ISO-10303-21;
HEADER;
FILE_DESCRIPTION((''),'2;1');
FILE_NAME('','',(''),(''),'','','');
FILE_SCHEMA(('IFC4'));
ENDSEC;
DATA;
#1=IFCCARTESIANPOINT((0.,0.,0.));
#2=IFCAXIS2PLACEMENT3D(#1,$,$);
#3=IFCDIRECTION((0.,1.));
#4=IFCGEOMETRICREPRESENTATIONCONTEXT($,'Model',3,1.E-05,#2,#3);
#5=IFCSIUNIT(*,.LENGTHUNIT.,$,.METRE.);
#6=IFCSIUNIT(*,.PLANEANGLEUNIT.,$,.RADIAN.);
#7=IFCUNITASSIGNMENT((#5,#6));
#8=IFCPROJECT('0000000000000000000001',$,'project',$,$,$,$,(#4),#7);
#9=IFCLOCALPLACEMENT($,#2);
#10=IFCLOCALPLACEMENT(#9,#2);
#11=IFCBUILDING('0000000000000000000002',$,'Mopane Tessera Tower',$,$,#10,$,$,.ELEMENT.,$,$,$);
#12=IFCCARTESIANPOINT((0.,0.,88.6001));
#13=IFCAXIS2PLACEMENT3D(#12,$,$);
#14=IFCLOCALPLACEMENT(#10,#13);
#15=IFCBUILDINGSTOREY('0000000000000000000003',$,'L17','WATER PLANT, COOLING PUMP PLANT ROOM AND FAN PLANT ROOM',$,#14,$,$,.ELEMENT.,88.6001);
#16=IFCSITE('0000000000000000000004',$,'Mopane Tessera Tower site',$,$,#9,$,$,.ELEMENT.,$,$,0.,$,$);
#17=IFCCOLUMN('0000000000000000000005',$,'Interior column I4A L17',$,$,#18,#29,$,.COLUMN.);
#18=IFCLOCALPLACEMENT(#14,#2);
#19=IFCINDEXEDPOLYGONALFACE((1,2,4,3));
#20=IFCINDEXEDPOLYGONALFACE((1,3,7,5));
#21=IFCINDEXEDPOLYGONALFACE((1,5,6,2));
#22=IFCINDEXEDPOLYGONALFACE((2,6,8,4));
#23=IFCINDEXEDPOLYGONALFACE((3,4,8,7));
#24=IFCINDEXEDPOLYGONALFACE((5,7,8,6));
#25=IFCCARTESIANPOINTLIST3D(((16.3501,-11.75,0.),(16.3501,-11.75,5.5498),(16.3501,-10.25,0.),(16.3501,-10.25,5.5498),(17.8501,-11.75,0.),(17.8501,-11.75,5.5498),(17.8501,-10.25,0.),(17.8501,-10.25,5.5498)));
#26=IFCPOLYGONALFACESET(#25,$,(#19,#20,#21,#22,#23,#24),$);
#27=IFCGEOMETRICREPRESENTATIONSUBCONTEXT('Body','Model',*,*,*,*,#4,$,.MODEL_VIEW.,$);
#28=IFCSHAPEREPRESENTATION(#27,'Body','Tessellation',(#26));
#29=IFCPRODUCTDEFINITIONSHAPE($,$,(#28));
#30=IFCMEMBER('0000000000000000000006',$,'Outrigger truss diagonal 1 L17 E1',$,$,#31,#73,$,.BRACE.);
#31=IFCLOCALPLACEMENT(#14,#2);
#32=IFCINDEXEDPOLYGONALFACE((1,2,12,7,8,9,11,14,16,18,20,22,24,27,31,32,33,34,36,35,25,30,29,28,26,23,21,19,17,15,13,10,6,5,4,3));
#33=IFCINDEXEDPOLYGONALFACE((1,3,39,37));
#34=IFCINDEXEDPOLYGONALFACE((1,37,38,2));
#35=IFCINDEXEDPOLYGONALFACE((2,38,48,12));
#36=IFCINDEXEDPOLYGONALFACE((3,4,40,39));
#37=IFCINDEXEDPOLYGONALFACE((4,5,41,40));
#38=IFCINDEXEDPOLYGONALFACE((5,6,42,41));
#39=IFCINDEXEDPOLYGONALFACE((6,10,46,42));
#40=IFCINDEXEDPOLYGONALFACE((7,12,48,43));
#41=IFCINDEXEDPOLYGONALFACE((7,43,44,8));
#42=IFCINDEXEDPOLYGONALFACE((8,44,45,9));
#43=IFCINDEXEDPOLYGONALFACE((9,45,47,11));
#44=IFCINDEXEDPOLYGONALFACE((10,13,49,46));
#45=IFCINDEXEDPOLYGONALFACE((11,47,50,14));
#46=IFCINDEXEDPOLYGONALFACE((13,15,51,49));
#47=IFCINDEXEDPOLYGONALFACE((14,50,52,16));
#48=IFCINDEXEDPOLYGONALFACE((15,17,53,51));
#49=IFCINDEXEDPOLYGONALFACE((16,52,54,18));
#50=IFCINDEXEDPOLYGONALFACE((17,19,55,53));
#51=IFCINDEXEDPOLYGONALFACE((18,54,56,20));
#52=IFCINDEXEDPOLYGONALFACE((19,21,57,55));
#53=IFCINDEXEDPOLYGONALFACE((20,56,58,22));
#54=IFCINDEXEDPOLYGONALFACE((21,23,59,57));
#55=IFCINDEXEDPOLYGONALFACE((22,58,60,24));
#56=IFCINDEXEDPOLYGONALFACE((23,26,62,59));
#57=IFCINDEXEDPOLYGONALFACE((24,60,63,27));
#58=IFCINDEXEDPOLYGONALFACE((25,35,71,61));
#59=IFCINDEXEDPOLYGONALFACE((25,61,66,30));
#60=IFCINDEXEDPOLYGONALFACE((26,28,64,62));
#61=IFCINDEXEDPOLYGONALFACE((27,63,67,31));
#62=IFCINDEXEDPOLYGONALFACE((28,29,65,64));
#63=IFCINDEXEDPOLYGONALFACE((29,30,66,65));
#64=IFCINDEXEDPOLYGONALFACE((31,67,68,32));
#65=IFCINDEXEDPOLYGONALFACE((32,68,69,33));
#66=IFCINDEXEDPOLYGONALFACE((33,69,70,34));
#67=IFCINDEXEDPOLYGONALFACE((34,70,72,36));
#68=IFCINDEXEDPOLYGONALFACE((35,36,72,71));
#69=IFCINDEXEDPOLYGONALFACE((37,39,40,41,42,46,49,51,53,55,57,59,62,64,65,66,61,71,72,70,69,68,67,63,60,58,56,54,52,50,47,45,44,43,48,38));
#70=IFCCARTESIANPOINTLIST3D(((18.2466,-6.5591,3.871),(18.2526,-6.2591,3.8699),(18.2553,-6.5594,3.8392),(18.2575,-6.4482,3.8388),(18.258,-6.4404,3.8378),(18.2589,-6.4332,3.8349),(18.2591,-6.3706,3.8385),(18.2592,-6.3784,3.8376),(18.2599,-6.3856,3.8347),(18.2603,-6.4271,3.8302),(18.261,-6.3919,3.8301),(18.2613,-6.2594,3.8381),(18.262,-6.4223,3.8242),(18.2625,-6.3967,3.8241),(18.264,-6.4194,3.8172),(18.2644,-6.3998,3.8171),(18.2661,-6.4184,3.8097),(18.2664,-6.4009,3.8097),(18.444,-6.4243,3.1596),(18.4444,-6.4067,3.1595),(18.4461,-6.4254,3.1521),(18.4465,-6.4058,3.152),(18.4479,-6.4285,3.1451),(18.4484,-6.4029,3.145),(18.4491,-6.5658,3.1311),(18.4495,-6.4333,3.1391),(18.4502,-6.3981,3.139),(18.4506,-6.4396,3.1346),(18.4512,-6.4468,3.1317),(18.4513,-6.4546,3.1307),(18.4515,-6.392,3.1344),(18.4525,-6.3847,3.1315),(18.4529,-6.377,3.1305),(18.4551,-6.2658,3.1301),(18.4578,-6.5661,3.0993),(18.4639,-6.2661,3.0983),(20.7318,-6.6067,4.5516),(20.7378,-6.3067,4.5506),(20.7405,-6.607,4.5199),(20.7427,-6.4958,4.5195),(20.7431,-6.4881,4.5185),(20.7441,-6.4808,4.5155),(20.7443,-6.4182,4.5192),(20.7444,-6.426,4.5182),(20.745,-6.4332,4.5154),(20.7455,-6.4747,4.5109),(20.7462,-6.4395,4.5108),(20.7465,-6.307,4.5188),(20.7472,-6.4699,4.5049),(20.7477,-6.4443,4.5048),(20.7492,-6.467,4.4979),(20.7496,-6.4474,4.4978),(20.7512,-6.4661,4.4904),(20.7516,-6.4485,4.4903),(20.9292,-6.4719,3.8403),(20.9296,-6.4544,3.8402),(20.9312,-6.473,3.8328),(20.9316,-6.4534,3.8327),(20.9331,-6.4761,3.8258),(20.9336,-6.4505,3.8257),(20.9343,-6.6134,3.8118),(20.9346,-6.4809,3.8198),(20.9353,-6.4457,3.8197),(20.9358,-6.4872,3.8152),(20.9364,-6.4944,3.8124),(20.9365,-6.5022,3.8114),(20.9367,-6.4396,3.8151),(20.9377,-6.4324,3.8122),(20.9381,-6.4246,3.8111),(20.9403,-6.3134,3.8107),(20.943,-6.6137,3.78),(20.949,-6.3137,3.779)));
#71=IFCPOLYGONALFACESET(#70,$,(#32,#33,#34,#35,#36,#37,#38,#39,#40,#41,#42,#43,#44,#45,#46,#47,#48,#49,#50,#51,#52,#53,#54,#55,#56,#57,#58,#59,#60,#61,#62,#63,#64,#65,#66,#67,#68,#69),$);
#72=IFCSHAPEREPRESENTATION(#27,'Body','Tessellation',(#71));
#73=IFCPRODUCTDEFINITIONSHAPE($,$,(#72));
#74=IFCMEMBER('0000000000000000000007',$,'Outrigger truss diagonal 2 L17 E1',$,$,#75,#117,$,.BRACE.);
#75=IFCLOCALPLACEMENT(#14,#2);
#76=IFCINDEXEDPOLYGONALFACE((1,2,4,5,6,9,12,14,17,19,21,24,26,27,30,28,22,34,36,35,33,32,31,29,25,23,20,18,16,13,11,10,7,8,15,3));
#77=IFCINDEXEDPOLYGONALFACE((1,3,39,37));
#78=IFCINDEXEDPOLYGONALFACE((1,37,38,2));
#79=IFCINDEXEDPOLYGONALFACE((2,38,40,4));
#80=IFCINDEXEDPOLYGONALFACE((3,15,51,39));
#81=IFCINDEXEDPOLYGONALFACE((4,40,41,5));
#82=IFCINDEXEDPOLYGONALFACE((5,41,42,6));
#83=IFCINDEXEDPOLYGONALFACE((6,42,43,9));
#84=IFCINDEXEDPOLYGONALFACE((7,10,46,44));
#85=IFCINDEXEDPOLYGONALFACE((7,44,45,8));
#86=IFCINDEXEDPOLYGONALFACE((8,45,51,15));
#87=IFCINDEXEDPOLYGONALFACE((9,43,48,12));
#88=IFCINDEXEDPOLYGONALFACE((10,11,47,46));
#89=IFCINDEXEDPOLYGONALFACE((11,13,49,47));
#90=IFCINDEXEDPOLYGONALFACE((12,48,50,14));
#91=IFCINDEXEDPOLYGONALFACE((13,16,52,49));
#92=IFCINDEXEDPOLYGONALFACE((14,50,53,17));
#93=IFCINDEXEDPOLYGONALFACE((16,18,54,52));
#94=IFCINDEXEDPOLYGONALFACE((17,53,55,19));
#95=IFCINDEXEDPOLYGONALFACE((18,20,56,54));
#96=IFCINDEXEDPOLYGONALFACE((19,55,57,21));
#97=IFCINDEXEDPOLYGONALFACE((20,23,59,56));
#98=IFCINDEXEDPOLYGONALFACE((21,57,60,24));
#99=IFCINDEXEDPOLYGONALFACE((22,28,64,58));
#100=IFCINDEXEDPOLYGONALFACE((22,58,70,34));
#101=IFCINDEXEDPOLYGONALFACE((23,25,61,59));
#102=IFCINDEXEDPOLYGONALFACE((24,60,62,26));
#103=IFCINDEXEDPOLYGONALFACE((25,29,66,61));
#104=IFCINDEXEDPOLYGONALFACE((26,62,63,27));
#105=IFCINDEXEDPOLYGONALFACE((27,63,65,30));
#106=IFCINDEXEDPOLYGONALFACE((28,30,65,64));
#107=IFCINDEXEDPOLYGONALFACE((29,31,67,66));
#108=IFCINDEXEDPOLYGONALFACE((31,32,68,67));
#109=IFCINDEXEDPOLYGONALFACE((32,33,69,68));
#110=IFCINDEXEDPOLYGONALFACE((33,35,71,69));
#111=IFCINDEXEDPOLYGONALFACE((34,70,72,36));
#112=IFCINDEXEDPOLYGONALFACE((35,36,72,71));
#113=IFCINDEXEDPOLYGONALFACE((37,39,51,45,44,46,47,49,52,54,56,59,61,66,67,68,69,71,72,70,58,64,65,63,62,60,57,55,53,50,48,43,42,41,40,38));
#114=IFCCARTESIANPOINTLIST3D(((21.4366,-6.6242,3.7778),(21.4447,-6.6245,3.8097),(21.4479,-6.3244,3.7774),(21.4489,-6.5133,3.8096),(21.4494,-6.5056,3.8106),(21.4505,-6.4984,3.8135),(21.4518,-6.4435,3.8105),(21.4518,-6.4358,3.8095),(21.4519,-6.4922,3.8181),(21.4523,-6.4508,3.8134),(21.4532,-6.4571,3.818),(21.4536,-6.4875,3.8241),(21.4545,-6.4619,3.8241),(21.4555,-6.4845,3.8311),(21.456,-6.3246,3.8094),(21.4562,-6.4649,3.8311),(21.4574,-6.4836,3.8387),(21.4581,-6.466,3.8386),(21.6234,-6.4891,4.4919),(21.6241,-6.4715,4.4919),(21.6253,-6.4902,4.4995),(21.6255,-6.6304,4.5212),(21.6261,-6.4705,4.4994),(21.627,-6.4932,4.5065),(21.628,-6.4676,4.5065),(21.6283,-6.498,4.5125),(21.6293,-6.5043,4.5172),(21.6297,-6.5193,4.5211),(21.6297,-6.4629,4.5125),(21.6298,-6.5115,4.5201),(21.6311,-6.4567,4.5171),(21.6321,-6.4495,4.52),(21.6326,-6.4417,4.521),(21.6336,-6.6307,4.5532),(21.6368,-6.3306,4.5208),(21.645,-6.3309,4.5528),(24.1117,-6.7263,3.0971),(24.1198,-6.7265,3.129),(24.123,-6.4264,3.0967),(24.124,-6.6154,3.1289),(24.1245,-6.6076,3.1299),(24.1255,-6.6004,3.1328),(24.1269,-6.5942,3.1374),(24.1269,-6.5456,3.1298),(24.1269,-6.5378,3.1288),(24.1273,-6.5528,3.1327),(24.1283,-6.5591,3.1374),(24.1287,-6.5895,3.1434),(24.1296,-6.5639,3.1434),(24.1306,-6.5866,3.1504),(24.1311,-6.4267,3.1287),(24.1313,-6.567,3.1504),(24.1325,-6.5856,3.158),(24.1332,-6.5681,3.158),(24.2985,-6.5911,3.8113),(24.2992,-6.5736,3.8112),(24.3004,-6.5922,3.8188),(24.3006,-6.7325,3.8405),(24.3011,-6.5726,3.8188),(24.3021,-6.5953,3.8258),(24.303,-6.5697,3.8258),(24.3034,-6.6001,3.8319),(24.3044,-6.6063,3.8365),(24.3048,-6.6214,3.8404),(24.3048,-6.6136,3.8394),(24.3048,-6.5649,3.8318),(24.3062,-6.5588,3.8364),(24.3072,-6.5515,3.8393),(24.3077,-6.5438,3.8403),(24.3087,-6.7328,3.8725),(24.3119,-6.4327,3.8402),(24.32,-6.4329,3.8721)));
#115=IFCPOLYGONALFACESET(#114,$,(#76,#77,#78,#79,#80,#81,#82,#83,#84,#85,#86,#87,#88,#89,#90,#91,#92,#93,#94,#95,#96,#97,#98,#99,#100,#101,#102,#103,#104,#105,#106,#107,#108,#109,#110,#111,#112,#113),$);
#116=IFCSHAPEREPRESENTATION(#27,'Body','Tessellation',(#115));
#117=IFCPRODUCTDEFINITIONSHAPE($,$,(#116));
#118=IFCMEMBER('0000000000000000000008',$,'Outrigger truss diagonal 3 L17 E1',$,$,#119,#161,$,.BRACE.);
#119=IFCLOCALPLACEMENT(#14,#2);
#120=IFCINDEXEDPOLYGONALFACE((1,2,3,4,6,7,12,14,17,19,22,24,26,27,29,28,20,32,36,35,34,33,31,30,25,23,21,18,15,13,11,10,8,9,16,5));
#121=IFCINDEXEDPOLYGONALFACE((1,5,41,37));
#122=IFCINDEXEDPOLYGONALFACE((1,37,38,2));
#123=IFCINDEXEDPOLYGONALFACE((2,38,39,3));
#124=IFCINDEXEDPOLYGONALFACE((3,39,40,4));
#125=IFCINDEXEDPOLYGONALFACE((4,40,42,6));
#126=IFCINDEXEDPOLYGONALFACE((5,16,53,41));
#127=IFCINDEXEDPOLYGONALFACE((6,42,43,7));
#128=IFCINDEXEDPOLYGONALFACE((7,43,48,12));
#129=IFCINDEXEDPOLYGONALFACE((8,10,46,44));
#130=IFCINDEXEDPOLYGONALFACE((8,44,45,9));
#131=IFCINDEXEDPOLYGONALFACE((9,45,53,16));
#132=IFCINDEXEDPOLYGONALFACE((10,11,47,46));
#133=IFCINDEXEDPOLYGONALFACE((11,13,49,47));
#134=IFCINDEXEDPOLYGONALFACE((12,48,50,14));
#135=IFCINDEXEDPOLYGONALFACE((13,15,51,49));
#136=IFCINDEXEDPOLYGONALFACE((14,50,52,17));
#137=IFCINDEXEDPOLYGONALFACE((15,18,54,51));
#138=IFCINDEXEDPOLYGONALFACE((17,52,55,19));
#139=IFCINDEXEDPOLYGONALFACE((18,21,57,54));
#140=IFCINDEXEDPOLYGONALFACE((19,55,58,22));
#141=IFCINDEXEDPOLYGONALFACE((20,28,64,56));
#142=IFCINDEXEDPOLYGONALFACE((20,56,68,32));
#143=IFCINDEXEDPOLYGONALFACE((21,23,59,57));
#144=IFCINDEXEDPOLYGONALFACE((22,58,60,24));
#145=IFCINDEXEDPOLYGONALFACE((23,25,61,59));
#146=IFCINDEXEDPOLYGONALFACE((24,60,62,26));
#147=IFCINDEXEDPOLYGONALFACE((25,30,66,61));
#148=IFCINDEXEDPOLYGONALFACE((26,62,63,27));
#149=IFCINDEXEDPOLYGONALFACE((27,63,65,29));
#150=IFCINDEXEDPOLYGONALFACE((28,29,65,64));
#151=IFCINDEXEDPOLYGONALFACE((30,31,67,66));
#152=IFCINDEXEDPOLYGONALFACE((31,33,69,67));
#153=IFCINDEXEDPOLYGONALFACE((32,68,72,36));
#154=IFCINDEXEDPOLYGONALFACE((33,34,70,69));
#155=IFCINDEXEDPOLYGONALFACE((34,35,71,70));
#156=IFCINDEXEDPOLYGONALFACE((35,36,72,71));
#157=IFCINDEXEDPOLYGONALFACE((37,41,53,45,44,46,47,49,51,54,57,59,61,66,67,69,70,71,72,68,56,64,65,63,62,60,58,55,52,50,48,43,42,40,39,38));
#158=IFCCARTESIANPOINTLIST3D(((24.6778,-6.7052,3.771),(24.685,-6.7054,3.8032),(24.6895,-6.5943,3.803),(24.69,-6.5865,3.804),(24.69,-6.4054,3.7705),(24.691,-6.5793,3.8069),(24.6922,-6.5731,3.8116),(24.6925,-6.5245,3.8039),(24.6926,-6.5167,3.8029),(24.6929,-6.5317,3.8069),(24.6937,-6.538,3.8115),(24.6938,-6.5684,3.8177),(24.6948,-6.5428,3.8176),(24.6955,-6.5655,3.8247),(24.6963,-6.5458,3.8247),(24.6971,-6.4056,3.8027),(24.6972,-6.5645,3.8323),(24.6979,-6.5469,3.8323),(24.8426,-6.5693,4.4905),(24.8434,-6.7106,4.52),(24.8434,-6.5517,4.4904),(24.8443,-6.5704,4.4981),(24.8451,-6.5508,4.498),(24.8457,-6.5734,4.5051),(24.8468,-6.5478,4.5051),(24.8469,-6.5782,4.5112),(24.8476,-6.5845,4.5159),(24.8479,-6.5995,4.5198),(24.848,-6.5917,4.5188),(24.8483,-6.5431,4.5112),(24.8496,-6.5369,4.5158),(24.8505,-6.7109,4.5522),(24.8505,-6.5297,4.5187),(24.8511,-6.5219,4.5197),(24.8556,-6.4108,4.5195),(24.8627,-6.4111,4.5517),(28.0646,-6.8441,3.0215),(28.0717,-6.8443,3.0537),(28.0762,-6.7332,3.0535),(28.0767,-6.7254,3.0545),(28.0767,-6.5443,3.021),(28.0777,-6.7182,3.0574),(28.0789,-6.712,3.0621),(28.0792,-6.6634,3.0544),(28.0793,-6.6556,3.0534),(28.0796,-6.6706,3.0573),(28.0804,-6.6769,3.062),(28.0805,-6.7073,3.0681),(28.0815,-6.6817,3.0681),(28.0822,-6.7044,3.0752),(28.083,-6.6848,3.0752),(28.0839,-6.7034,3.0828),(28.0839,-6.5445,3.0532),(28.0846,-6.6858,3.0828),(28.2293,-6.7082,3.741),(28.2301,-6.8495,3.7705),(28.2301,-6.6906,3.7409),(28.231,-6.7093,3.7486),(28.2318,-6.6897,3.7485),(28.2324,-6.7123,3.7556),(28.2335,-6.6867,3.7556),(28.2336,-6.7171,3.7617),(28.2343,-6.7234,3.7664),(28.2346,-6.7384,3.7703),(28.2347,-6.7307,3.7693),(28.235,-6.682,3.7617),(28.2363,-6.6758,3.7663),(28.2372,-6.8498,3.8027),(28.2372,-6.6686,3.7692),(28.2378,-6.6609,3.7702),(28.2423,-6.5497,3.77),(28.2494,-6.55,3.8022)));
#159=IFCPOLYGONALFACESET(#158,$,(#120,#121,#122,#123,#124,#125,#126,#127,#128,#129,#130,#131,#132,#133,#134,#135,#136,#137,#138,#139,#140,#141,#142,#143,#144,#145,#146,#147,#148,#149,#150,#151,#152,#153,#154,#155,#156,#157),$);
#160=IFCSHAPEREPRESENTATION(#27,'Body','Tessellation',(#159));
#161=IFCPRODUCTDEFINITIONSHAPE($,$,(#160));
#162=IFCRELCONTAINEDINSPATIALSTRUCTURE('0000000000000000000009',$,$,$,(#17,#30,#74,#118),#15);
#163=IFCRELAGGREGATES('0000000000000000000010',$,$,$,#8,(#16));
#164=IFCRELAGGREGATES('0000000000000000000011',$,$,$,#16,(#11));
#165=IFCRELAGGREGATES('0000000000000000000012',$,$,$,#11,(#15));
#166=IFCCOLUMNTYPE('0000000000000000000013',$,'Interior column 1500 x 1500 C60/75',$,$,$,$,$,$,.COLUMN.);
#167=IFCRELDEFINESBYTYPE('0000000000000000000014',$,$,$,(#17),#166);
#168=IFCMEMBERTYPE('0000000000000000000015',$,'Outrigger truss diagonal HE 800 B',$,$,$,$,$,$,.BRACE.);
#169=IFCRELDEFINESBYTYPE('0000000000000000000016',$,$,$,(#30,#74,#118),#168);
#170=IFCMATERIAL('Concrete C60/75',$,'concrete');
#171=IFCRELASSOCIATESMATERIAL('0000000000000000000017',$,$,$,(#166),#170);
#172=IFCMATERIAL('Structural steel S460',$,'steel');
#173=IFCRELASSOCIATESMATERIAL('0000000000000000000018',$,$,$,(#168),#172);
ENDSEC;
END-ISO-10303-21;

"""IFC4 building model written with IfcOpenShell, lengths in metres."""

from ifc_helpers import new_model, si_unit, direction, frame, origin, origin_2d, place, context, subcontext, project, spatial, rectangle, i_section, extrude, material, material_profile, profile_set, type_object, element, save


model = new_model("IFC4")

# Units and contexts
model_context = context("Model", 3, precision=1e-05, world=origin(), true_north=direction((0.0, 1.0)))
body_context = subcontext(model_context, "Body", "Model", "MODEL_VIEW")
ifc_project = project(units=[si_unit("LENGTHUNIT", "METRE"), si_unit("PLANEANGLEUNIT", "RADIAN")], contexts=[model_context])

# Site, building, storey
site_placement = place(None, origin())
site = spatial("IfcSite", under=ifc_project, at=site_placement, Name="Mopane Tessera Tower site", CompositionType="ELEMENT", RefElevation=0.0)
building_placement = place(site_placement, origin())
building = spatial("IfcBuilding", under=site, at=building_placement, Name="Mopane Tessera Tower", CompositionType="ELEMENT")
storey_placement = place(building_placement, frame((0.0, 0.0, 88.6001)))
storey = spatial("IfcBuildingStorey", under=building, at=storey_placement, Name="L17", Description="WATER PLANT, COOLING PUMP PLANT ROOM AND FAN PLANT ROOM", CompositionType="ELEMENT", Elevation=88.6001)

# Column
ifc_material_1 = material(Name="Concrete C60/75", Category="concrete")
ifc_material_profile_1 = material_profile(ifc_material_1, rectangle(XDim=1.5, YDim=1.5, at=origin_2d()))
ifc_profile_set_1 = profile_set([ifc_material_profile_1], Name="Concrete C60/75")
column_type = type_object("IfcColumnType", Name="Interior column 1500 x 1500 C60/75", PredefinedType="COLUMN", material=ifc_profile_set_1)
column_placement = place(storey_placement, frame((17.1001, -11.0, 0.0), z_axis=(0.0, 0.0, 1.0), x_axis=(1.0, 0.0, 0.0)))
element("IfcColumn", 1, at=column_placement, inside=storey, type_object=column_type, Name="Interior column I4A L17", PredefinedType="COLUMN", context=body_context, shape_type="SweptSolid", body=[
    extrude(rectangle(XDim=1.5, YDim=1.5, at=origin_2d()), origin(), (0.0, 0.0, 1.0), 5.5498),
])

# Members
ifc_material_2 = material(Name="Structural steel S460", Category="steel")
ifc_material_profile_2 = material_profile(ifc_material_2, i_section(OverallWidth=0.3, OverallDepth=0.8, WebThickness=0.0176, FlangeThickness=0.033, FilletRadius=0.03, at=origin_2d()))
ifc_profile_set_2 = profile_set([ifc_material_profile_2], Name="Structural steel S460")
member_type_1 = type_object("IfcMemberType", Name="Outrigger truss diagonal HE 800 B", PredefinedType="BRACE", material=ifc_profile_set_2)
member_1_placement = place(storey_placement, frame((18.3552, -6.4126, 3.4846), z_axis=(0.964312, -0.018473, 0.264122), x_axis=(0.020118, 0.999791, -0.003524)))
element("IfcMember", 2, at=member_1_placement, inside=storey, type_object=member_type_1, Name="Outrigger truss diagonal 1 L17 E1", PredefinedType="BRACE", context=body_context, shape_type="SweptSolid", body=[
    extrude(i_section(OverallWidth=0.3, OverallDepth=0.8, WebThickness=0.0176, FlangeThickness=0.033, FilletRadius=0.03, at=origin_2d()), origin(), (0.0, 0.0, 1.0), 2.5771),
])
member_2_placement = place(storey_placement, frame((21.5408, -6.4775, 4.1653), z_axis=(0.968458, -0.036946, -0.246423), x_axis=(0.037813, 0.999284, -0.001216)))
element("IfcMember", 3, at=member_2_placement, inside=storey, type_object=member_type_1, Name="Outrigger truss diagonal 2 L17 E1", PredefinedType="BRACE", context=body_context, shape_type="SweptSolid", body=[
    extrude(i_section(OverallWidth=0.3, OverallDepth=0.8, WebThickness=0.0176, FlangeThickness=0.033, FilletRadius=0.03, at=origin_2d()), origin(), (0.0, 0.0, 1.0), 2.7622),
])
member_3_placement = place(storey_placement, frame((24.7703, -6.5581, 4.1614), z_axis=(0.975593, -0.040017, -0.215908), x_axis=(0.040612, 0.999174, -0.001681)))
element("IfcMember", 4, at=member_3_placement, inside=storey, type_object=member_type_1, Name="Outrigger truss diagonal 3 L17 E1", PredefinedType="BRACE", context=body_context, shape_type="SweptSolid", body=[
    extrude(i_section(OverallWidth=0.3, OverallDepth=0.8, WebThickness=0.0176, FlangeThickness=0.033, FilletRadius=0.03, at=origin_2d()), origin(), (0.0, 0.0, 1.0), 3.4714),
])

save(model, "model.ifc")
